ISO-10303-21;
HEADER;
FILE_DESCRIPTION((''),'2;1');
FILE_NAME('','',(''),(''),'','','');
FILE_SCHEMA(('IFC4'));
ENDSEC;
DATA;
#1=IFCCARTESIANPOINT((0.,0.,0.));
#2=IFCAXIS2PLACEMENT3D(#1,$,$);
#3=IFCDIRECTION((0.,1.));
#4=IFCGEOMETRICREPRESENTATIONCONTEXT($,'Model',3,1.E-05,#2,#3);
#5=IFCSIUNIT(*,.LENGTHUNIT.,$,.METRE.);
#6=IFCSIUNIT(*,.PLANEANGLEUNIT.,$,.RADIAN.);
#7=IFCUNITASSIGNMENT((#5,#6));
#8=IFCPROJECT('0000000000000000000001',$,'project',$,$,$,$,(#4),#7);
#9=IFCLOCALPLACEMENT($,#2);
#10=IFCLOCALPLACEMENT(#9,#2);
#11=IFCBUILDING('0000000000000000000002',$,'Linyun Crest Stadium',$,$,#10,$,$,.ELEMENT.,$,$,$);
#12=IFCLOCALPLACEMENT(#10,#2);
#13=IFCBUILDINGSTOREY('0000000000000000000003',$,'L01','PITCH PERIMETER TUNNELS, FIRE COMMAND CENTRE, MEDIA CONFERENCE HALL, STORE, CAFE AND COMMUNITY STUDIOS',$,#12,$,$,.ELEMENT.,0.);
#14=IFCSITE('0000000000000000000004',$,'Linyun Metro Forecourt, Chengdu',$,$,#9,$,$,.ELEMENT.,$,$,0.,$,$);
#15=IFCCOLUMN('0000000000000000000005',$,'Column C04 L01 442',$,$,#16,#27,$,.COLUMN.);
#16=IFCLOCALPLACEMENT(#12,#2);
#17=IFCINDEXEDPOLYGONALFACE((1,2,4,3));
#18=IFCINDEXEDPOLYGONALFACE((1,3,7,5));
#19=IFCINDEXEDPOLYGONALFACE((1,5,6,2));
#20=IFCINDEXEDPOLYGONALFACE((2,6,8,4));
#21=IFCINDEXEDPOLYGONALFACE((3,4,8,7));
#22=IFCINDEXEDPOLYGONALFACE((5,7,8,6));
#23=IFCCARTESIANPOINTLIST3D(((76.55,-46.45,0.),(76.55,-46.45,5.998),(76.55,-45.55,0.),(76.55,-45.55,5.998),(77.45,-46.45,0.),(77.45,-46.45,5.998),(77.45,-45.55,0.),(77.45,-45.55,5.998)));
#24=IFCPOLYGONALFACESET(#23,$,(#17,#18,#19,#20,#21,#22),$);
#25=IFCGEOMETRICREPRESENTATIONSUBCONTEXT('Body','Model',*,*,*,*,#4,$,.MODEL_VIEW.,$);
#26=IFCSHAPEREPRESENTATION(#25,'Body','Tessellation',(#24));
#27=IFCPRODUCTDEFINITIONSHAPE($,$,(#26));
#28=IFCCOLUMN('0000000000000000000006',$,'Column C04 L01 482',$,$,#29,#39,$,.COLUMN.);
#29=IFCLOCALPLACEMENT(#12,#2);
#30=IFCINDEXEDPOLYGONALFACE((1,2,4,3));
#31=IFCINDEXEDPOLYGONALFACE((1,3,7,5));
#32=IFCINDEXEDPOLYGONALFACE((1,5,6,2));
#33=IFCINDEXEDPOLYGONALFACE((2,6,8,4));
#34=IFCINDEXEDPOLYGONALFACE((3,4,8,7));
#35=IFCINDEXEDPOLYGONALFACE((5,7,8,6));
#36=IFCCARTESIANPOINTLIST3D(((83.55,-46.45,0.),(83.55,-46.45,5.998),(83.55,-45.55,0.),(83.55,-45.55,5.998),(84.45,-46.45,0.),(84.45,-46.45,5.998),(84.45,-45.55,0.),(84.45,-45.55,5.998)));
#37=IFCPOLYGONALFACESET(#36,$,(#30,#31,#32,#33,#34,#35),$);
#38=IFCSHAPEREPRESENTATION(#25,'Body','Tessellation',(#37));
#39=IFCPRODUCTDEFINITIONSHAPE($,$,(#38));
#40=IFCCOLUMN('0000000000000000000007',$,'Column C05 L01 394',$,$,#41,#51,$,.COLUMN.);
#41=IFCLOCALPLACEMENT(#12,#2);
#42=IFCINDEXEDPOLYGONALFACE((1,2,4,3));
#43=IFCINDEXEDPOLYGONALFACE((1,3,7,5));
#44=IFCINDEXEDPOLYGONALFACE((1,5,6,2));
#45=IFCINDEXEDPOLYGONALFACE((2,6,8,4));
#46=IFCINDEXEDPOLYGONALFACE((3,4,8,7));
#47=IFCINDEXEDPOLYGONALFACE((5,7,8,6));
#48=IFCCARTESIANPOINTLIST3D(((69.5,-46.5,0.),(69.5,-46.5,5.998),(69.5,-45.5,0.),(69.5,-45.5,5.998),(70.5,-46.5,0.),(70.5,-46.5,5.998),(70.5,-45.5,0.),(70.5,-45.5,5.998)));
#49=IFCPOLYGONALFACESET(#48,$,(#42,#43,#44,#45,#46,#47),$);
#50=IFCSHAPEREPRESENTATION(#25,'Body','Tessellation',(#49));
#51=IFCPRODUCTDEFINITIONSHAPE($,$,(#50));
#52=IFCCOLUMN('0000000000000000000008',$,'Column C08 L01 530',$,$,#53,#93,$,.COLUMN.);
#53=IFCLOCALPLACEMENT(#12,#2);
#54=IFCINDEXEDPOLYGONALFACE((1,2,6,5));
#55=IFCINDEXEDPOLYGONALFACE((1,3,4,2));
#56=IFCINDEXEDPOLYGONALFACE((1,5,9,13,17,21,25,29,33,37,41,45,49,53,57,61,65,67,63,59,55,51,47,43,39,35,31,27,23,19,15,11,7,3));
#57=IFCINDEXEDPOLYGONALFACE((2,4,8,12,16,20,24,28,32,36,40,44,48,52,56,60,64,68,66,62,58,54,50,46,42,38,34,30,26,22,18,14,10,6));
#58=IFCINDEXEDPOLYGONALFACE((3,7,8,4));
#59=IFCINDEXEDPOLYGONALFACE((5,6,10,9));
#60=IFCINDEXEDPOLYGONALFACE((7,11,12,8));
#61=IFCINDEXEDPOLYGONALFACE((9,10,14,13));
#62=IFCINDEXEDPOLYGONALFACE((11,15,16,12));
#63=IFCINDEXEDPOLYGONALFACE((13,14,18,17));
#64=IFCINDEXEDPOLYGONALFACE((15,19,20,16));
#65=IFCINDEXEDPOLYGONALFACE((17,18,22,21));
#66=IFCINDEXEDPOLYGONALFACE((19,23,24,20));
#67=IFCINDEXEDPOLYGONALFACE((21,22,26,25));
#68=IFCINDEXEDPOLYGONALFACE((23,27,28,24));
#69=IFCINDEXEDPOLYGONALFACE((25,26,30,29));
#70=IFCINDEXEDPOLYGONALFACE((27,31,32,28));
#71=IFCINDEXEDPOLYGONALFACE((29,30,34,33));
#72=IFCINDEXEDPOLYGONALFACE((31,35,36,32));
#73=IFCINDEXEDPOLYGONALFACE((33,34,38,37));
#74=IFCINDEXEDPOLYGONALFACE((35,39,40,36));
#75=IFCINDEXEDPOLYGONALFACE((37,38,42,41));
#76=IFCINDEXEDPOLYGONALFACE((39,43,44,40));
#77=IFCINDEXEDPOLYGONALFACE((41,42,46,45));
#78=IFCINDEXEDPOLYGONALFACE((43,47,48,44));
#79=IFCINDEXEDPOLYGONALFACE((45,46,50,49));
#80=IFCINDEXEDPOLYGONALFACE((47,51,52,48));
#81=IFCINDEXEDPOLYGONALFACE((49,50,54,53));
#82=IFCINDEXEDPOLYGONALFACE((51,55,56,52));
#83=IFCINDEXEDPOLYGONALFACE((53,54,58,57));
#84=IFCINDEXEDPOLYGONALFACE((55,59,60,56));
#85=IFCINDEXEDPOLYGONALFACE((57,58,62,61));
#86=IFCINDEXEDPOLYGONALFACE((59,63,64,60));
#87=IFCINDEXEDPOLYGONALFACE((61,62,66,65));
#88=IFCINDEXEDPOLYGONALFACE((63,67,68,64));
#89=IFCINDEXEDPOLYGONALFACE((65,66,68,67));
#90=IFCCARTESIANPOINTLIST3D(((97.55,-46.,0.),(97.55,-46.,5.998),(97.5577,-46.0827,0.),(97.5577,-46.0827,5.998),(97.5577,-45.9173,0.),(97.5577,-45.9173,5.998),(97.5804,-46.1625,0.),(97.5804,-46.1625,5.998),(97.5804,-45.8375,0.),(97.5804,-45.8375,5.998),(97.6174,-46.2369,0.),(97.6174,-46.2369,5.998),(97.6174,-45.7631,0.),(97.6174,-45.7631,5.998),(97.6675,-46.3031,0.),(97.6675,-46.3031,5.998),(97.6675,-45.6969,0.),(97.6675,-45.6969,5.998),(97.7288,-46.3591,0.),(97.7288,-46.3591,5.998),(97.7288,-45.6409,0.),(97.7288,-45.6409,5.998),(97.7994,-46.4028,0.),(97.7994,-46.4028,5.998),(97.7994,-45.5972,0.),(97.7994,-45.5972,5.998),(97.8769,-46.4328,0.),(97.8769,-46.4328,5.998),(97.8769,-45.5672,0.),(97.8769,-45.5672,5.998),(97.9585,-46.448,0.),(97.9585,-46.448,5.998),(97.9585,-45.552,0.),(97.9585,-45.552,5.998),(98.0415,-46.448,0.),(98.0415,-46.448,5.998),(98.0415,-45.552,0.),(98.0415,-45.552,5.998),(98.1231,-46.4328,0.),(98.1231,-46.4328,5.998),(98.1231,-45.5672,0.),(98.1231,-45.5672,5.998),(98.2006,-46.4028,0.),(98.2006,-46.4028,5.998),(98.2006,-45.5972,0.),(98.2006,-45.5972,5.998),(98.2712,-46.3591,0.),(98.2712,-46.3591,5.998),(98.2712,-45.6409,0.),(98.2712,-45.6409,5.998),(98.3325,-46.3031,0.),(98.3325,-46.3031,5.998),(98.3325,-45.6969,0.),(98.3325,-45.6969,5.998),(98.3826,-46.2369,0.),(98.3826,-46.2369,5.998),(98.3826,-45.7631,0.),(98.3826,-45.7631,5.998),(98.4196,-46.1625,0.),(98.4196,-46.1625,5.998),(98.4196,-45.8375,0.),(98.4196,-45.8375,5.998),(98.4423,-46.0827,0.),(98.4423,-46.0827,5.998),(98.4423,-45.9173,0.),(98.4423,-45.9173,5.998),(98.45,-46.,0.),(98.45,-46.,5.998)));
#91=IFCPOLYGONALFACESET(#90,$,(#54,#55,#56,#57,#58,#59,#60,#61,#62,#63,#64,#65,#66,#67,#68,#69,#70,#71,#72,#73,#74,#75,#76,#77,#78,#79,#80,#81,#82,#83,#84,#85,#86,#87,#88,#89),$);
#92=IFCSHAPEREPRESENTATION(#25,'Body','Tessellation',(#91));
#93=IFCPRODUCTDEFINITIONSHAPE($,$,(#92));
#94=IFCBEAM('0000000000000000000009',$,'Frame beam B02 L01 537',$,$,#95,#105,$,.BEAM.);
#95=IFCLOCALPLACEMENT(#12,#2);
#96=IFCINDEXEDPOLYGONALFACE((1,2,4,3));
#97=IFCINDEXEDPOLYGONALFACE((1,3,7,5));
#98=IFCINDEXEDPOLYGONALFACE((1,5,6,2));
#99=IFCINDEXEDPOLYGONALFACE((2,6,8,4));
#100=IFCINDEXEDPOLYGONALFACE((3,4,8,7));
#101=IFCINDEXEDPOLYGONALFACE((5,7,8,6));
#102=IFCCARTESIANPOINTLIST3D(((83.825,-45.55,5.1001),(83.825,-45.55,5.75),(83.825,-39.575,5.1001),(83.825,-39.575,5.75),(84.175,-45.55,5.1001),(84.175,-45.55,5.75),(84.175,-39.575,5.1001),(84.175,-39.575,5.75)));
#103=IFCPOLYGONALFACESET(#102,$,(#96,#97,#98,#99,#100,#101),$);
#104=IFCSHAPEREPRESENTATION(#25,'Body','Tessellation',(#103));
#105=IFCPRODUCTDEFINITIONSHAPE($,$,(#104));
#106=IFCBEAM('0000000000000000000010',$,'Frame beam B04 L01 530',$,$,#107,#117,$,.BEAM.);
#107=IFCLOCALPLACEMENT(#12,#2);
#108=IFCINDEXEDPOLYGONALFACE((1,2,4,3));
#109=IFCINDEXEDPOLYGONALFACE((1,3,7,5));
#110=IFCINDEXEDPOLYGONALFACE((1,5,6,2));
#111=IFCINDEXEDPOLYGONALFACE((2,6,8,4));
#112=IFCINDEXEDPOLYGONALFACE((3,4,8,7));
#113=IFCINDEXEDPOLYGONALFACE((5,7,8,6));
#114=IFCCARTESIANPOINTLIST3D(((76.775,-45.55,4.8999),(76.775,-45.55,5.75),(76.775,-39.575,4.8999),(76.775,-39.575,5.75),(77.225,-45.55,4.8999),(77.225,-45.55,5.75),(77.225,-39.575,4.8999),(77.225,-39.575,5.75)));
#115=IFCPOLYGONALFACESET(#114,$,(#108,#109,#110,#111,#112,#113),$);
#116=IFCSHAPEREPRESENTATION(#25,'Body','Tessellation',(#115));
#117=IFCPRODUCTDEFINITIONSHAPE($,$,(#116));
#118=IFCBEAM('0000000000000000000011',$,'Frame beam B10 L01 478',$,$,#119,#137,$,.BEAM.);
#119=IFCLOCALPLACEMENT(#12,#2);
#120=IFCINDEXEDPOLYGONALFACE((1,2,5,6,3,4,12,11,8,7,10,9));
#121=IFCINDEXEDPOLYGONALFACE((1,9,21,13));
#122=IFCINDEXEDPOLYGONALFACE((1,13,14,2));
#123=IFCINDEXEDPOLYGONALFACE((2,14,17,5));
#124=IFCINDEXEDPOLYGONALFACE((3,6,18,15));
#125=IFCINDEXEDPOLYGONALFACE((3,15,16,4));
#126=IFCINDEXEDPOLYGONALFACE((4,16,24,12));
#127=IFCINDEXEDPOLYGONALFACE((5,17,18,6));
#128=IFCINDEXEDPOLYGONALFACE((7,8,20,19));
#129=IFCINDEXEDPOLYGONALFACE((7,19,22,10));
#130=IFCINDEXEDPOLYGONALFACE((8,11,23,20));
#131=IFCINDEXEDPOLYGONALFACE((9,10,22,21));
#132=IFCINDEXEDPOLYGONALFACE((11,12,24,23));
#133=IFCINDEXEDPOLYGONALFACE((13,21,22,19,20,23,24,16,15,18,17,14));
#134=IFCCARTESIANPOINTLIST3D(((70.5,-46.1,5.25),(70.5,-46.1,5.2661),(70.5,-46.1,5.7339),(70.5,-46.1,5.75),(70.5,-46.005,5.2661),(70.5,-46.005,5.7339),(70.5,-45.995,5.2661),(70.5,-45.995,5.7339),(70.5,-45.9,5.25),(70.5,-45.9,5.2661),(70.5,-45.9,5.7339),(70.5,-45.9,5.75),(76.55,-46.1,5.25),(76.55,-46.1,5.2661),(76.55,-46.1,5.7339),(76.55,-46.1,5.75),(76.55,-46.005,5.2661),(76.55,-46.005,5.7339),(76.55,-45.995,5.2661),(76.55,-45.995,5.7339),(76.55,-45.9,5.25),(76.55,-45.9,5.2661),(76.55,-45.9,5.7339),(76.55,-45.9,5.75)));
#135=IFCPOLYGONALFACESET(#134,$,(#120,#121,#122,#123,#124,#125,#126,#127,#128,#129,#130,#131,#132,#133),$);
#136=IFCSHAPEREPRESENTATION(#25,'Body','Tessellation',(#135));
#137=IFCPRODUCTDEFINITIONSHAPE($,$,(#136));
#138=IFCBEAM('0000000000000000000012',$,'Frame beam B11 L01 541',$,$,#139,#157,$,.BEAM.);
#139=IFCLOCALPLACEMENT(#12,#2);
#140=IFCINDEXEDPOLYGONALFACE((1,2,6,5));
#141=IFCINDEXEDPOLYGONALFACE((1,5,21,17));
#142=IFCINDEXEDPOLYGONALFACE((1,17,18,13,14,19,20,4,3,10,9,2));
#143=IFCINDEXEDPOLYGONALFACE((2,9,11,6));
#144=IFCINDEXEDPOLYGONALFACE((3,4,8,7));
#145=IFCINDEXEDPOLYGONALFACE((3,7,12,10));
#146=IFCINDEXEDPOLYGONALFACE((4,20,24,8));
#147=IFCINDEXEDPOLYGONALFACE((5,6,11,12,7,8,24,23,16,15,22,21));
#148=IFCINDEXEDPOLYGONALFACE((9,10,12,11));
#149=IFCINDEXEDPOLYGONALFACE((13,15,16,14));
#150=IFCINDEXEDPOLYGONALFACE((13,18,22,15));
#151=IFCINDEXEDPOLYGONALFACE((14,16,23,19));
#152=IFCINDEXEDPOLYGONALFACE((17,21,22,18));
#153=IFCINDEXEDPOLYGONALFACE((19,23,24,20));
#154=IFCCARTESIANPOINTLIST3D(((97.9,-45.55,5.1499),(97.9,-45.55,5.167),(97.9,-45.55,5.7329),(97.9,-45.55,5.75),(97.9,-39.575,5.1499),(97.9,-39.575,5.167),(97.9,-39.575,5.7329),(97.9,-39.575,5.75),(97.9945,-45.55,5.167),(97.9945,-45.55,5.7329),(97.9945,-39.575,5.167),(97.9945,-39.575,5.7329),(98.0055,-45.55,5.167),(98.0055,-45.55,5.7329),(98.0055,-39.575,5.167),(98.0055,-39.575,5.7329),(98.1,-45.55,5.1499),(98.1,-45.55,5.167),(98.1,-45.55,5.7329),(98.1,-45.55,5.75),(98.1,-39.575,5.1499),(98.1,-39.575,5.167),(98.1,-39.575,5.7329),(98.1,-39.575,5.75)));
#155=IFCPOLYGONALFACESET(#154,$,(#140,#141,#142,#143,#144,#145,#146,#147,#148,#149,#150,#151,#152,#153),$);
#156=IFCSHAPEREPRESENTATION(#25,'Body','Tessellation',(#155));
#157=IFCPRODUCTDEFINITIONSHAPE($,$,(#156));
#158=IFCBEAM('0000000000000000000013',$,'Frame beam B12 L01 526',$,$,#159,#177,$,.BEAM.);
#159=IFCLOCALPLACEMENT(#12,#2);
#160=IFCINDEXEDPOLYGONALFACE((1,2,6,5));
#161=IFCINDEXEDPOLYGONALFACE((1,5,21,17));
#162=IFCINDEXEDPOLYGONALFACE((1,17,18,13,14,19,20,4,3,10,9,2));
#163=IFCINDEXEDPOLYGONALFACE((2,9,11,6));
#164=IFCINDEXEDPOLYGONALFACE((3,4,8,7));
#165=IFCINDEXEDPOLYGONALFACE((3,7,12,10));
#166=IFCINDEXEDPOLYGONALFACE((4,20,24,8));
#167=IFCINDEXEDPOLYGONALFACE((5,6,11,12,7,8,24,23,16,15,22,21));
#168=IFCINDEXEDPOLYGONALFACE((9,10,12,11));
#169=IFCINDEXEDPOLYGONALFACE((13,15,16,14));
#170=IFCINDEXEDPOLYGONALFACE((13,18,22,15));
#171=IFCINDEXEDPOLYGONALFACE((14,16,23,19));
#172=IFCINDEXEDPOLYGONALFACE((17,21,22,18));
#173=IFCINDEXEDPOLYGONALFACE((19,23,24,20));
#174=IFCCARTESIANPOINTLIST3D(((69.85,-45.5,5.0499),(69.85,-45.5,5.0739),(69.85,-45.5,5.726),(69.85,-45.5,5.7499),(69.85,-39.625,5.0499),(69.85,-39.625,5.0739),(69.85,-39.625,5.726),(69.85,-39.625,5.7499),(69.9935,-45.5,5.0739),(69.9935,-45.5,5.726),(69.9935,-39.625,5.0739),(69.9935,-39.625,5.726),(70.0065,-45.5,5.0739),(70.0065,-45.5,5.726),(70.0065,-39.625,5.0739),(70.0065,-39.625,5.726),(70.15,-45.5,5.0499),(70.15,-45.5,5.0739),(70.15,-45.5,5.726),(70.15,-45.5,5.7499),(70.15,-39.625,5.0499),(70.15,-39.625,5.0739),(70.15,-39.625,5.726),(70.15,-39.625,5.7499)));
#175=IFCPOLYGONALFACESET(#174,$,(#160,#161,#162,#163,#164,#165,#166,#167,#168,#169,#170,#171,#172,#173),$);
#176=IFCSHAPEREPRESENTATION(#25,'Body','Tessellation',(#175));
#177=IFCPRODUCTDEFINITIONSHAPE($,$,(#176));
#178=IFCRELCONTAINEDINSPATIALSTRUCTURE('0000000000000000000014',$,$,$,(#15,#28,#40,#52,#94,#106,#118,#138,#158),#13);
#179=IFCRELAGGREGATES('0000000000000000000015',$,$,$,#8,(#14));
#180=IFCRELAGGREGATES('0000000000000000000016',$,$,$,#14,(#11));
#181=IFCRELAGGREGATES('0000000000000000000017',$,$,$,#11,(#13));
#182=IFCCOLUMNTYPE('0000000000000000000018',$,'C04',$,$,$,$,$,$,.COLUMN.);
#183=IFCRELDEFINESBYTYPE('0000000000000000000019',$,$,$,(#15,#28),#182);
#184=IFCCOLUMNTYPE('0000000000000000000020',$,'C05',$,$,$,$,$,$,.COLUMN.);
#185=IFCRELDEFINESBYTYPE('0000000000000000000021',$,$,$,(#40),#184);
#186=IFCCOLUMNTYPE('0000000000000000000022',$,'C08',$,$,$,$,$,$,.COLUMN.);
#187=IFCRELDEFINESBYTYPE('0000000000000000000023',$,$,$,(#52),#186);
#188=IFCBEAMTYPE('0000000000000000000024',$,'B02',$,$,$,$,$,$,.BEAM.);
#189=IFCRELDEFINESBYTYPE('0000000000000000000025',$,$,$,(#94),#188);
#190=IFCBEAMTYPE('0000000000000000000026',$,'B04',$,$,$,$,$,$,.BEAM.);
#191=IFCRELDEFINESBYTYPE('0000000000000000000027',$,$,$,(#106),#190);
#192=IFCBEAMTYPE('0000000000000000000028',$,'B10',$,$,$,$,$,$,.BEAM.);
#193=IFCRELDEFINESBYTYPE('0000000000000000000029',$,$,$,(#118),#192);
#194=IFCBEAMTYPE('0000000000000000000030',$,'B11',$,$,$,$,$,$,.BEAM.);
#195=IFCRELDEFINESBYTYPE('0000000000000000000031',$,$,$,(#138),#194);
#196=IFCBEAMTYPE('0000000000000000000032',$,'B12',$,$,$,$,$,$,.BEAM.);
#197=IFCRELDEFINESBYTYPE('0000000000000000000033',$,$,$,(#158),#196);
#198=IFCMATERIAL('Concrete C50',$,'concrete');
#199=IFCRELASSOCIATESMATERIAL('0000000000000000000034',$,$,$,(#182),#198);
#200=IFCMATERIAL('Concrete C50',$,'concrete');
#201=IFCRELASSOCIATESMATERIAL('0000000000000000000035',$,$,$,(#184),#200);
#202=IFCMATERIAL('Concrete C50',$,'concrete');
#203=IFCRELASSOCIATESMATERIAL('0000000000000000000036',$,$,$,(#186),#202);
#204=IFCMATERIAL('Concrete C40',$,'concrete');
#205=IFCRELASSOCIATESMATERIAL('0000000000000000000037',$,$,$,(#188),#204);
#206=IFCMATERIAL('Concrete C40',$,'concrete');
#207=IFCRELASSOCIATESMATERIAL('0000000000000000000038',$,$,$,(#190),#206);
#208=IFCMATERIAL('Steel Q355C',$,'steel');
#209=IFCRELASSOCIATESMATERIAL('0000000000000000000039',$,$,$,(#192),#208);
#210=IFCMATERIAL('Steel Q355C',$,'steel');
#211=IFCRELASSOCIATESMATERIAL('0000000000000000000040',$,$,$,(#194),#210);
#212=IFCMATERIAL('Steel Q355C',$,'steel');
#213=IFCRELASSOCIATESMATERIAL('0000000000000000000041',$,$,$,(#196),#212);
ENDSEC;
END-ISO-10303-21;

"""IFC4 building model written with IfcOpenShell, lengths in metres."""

from ifc_helpers import new_model, si_unit, direction, frame, origin, origin_2d, place, context, subcontext, project, spatial, rectangle, circle, i_section, extrude, material, material_profile, profile_set, type_object, element, save


model = new_model("IFC4")

# Units and contexts
model_context = context("Model", 3, precision=1e-05, world=origin(), true_north=direction((0.0, 1.0)))
body_context = subcontext(model_context, "Body", "Model", "MODEL_VIEW")
ifc_project = project(units=[si_unit("LENGTHUNIT", "METRE"), si_unit("PLANEANGLEUNIT", "RADIAN")], contexts=[model_context])

# Site, building, storey
site_placement = place(None, origin())
site = spatial("IfcSite", under=ifc_project, at=site_placement, Name="Linyun Metro Forecourt, Chengdu", CompositionType="ELEMENT", RefElevation=0.0)
building_placement = place(site_placement, origin())
building = spatial("IfcBuilding", under=site, at=building_placement, Name="Linyun Crest Stadium", CompositionType="ELEMENT")
storey_placement = place(building_placement, origin())
storey = spatial("IfcBuildingStorey", under=building, at=storey_placement, Name="L01", Description="PITCH PERIMETER TUNNELS, FIRE COMMAND CENTRE, MEDIA CONFERENCE HALL, STORE, CAFE AND COMMUNITY STUDIOS", CompositionType="ELEMENT", Elevation=0.0)

# Columns
ifc_material_1 = material(Name="Concrete C50", Category="concrete")
ifc_material_profile_1 = material_profile(ifc_material_1, rectangle(XDim=0.8999, YDim=0.8999, at=origin_2d()), Name="RC 900x900")
ifc_profile_set_1 = profile_set([ifc_material_profile_1], Name="Concrete C50")
column_type_1 = type_object("IfcColumnType", Name="C04", PredefinedType="COLUMN", material=ifc_profile_set_1)
for number, where, z_axis, x_axis, name in (
    (1, (77.0, -46.0, 0.0), (0.0, 0.0, 1.0), (1.0, 0.0, 0.0), "Column C04 L01 442"),
    (2, (84.0, -46.0, 0.0), (0.0, 0.0, 1.0), (1.0, 0.0, 0.0), "Column C04 L01 482"),
):
    element("IfcColumn", number, at=place(storey_placement, frame(where, z_axis=z_axis, x_axis=x_axis)), inside=storey, type_object=column_type_1, Name=name, PredefinedType="COLUMN", context=body_context, shape_type="SweptSolid", body=[
        extrude(rectangle(XDim=0.8999, YDim=0.8999, at=origin_2d()), origin(), (0.0, 0.0, 1.0), 5.998),
    ])
ifc_material_2 = material(Name="Concrete C50", Category="concrete")
ifc_material_profile_2 = material_profile(ifc_material_2, rectangle(XDim=1.0, YDim=1.0, at=origin_2d()), Name="RC 1000x1000")
ifc_profile_set_2 = profile_set([ifc_material_profile_2], Name="Concrete C50")
column_type_2 = type_object("IfcColumnType", Name="C05", PredefinedType="COLUMN", material=ifc_profile_set_2)
column_1_placement = place(storey_placement, frame((70.0, -46.0, 0.0), z_axis=(0.0, 0.0, 1.0), x_axis=(1.0, 0.0, 0.0)))
element("IfcColumn", 3, at=column_1_placement, inside=storey, type_object=column_type_2, Name="Column C05 L01 394", PredefinedType="COLUMN", context=body_context, shape_type="SweptSolid", body=[
    extrude(rectangle(XDim=1.0, YDim=1.0, at=origin_2d()), origin(), (0.0, 0.0, 1.0), 5.998),
])
ifc_material_3 = material(Name="Concrete C50", Category="concrete")
ifc_material_profile_3 = material_profile(ifc_material_3, circle(Radius=0.45, at=origin_2d()), Name="RC D900")
ifc_profile_set_3 = profile_set([ifc_material_profile_3], Name="Concrete C50")
column_type_3 = type_object("IfcColumnType", Name="C08", PredefinedType="COLUMN", material=ifc_profile_set_3)
column_2_placement = place(storey_placement, frame((98.0, -46.0, 0.0), z_axis=(0.0, 0.0, 1.0), x_axis=(1.0, 0.0, 0.0)))
element("IfcColumn", 4, at=column_2_placement, inside=storey, type_object=column_type_3, Name="Column C08 L01 530", PredefinedType="COLUMN", context=body_context, shape_type="SweptSolid", body=[
    extrude(circle(Radius=0.45, at=origin_2d()), origin(), (0.0, 0.0, 1.0), 5.998),
])

# Beams
ifc_material_4 = material(Name="Concrete C40", Category="concrete")
ifc_material_profile_4 = material_profile(ifc_material_4, rectangle(XDim=0.3501, YDim=0.6499, at=origin_2d()), Name="RCB 650x350")
ifc_profile_set_4 = profile_set([ifc_material_profile_4], Name="Concrete C40")
beam_type_1 = type_object("IfcBeamType", Name="B02", PredefinedType="BEAM", material=ifc_profile_set_4)
beam_1_placement = place(storey_placement, frame((84.0, -45.55, 5.425), z_axis=(0.0, 1.0, 0.0), x_axis=(-1.0, 0.0, 0.0)))
element("IfcBeam", 5, at=beam_1_placement, inside=storey, type_object=beam_type_1, Name="Frame beam B02 L01 537", PredefinedType="BEAM", context=body_context, shape_type="SweptSolid", body=[
    extrude(rectangle(XDim=0.3501, YDim=0.6499, at=origin_2d()), origin(), (0.0, 0.0, 1.0), 5.9751),
])
ifc_material_5 = material(Name="Concrete C40", Category="concrete")
ifc_material_profile_5 = material_profile(ifc_material_5, rectangle(XDim=0.45, YDim=0.8501, at=origin_2d()), Name="RCB 850x450")
ifc_profile_set_5 = profile_set([ifc_material_profile_5], Name="Concrete C40")
beam_type_2 = type_object("IfcBeamType", Name="B04", PredefinedType="BEAM", material=ifc_profile_set_5)
beam_2_placement = place(storey_placement, frame((77.0, -45.55, 5.325), z_axis=(0.0, 1.0, 0.0), x_axis=(-1.0, 0.0, 0.0)))
element("IfcBeam", 6, at=beam_2_placement, inside=storey, type_object=beam_type_2, Name="Frame beam B04 L01 530", PredefinedType="BEAM", context=body_context, shape_type="SweptSolid", body=[
    extrude(rectangle(XDim=0.45, YDim=0.8501, at=origin_2d()), origin(), (0.0, 0.0, 1.0), 5.9751),
])
ifc_material_6 = material(Name="Steel Q355C", Category="steel")
ifc_material_profile_6 = material_profile(ifc_material_6, i_section(OverallWidth=0.2, OverallDepth=0.5, WebThickness=0.01, FlangeThickness=0.0161, at=origin_2d()), Name="HN 500x200")
ifc_profile_set_6 = profile_set([ifc_material_profile_6], Name="Steel Q355C")
beam_type_3 = type_object("IfcBeamType", Name="B10", PredefinedType="BEAM", material=ifc_profile_set_6)
beam_3_placement = place(storey_placement, frame((70.5, -46.0, 5.5), z_axis=(1.0, 0.0, 0.0), x_axis=(0.0, 1.0, 0.0)))
element("IfcBeam", 7, at=beam_3_placement, inside=storey, type_object=beam_type_3, Name="Frame beam B10 L01 478", PredefinedType="BEAM", context=body_context, shape_type="SweptSolid", body=[
    extrude(i_section(OverallWidth=0.2, OverallDepth=0.5, WebThickness=0.01, FlangeThickness=0.0161, at=origin_2d()), origin(), (0.0, 0.0, 1.0), 6.05),
])
ifc_material_7 = material(Name="Steel Q355C", Category="steel")
ifc_material_profile_7 = material_profile(ifc_material_7, i_section(OverallWidth=0.2, OverallDepth=0.6001, WebThickness=0.011, FlangeThickness=0.0171, at=origin_2d()), Name="HN 600x200")
ifc_profile_set_7 = profile_set([ifc_material_profile_7], Name="Steel Q355C")
beam_type_4 = type_object("IfcBeamType", Name="B11", PredefinedType="BEAM", material=ifc_profile_set_7)
beam_4_placement = place(storey_placement, frame((98.0, -45.55, 5.45), z_axis=(0.0, 1.0, 0.0), x_axis=(-1.0, 0.0, 0.0)))
element("IfcBeam", 8, at=beam_4_placement, inside=storey, type_object=beam_type_4, Name="Frame beam B11 L01 541", PredefinedType="BEAM", context=body_context, shape_type="SweptSolid", body=[
    extrude(i_section(OverallWidth=0.2, OverallDepth=0.6001, WebThickness=0.011, FlangeThickness=0.0171, at=origin_2d()), origin(), (0.0, 0.0, 1.0), 5.9751),
])
ifc_material_8 = material(Name="Steel Q355C", Category="steel")
ifc_material_profile_8 = material_profile(ifc_material_8, i_section(OverallWidth=0.3, OverallDepth=0.7, WebThickness=0.0129, FlangeThickness=0.0239, at=origin_2d()), Name="HN 700x300")
ifc_profile_set_8 = profile_set([ifc_material_profile_8], Name="Steel Q355C")
beam_type_5 = type_object("IfcBeamType", Name="B12", PredefinedType="BEAM", material=ifc_profile_set_8)
beam_5_placement = place(storey_placement, frame((70.0, -45.5, 5.3999), z_axis=(0.0, 1.0, 0.0), x_axis=(-1.0, 0.0, 0.0)))
element("IfcBeam", 9, at=beam_5_placement, inside=storey, type_object=beam_type_5, Name="Frame beam B12 L01 526", PredefinedType="BEAM", context=body_context, shape_type="SweptSolid", body=[
    extrude(i_section(OverallWidth=0.3, OverallDepth=0.7, WebThickness=0.0129, FlangeThickness=0.0239, at=origin_2d()), origin(), (0.0, 0.0, 1.0), 5.875),
])

save(model, "model.ifc")
